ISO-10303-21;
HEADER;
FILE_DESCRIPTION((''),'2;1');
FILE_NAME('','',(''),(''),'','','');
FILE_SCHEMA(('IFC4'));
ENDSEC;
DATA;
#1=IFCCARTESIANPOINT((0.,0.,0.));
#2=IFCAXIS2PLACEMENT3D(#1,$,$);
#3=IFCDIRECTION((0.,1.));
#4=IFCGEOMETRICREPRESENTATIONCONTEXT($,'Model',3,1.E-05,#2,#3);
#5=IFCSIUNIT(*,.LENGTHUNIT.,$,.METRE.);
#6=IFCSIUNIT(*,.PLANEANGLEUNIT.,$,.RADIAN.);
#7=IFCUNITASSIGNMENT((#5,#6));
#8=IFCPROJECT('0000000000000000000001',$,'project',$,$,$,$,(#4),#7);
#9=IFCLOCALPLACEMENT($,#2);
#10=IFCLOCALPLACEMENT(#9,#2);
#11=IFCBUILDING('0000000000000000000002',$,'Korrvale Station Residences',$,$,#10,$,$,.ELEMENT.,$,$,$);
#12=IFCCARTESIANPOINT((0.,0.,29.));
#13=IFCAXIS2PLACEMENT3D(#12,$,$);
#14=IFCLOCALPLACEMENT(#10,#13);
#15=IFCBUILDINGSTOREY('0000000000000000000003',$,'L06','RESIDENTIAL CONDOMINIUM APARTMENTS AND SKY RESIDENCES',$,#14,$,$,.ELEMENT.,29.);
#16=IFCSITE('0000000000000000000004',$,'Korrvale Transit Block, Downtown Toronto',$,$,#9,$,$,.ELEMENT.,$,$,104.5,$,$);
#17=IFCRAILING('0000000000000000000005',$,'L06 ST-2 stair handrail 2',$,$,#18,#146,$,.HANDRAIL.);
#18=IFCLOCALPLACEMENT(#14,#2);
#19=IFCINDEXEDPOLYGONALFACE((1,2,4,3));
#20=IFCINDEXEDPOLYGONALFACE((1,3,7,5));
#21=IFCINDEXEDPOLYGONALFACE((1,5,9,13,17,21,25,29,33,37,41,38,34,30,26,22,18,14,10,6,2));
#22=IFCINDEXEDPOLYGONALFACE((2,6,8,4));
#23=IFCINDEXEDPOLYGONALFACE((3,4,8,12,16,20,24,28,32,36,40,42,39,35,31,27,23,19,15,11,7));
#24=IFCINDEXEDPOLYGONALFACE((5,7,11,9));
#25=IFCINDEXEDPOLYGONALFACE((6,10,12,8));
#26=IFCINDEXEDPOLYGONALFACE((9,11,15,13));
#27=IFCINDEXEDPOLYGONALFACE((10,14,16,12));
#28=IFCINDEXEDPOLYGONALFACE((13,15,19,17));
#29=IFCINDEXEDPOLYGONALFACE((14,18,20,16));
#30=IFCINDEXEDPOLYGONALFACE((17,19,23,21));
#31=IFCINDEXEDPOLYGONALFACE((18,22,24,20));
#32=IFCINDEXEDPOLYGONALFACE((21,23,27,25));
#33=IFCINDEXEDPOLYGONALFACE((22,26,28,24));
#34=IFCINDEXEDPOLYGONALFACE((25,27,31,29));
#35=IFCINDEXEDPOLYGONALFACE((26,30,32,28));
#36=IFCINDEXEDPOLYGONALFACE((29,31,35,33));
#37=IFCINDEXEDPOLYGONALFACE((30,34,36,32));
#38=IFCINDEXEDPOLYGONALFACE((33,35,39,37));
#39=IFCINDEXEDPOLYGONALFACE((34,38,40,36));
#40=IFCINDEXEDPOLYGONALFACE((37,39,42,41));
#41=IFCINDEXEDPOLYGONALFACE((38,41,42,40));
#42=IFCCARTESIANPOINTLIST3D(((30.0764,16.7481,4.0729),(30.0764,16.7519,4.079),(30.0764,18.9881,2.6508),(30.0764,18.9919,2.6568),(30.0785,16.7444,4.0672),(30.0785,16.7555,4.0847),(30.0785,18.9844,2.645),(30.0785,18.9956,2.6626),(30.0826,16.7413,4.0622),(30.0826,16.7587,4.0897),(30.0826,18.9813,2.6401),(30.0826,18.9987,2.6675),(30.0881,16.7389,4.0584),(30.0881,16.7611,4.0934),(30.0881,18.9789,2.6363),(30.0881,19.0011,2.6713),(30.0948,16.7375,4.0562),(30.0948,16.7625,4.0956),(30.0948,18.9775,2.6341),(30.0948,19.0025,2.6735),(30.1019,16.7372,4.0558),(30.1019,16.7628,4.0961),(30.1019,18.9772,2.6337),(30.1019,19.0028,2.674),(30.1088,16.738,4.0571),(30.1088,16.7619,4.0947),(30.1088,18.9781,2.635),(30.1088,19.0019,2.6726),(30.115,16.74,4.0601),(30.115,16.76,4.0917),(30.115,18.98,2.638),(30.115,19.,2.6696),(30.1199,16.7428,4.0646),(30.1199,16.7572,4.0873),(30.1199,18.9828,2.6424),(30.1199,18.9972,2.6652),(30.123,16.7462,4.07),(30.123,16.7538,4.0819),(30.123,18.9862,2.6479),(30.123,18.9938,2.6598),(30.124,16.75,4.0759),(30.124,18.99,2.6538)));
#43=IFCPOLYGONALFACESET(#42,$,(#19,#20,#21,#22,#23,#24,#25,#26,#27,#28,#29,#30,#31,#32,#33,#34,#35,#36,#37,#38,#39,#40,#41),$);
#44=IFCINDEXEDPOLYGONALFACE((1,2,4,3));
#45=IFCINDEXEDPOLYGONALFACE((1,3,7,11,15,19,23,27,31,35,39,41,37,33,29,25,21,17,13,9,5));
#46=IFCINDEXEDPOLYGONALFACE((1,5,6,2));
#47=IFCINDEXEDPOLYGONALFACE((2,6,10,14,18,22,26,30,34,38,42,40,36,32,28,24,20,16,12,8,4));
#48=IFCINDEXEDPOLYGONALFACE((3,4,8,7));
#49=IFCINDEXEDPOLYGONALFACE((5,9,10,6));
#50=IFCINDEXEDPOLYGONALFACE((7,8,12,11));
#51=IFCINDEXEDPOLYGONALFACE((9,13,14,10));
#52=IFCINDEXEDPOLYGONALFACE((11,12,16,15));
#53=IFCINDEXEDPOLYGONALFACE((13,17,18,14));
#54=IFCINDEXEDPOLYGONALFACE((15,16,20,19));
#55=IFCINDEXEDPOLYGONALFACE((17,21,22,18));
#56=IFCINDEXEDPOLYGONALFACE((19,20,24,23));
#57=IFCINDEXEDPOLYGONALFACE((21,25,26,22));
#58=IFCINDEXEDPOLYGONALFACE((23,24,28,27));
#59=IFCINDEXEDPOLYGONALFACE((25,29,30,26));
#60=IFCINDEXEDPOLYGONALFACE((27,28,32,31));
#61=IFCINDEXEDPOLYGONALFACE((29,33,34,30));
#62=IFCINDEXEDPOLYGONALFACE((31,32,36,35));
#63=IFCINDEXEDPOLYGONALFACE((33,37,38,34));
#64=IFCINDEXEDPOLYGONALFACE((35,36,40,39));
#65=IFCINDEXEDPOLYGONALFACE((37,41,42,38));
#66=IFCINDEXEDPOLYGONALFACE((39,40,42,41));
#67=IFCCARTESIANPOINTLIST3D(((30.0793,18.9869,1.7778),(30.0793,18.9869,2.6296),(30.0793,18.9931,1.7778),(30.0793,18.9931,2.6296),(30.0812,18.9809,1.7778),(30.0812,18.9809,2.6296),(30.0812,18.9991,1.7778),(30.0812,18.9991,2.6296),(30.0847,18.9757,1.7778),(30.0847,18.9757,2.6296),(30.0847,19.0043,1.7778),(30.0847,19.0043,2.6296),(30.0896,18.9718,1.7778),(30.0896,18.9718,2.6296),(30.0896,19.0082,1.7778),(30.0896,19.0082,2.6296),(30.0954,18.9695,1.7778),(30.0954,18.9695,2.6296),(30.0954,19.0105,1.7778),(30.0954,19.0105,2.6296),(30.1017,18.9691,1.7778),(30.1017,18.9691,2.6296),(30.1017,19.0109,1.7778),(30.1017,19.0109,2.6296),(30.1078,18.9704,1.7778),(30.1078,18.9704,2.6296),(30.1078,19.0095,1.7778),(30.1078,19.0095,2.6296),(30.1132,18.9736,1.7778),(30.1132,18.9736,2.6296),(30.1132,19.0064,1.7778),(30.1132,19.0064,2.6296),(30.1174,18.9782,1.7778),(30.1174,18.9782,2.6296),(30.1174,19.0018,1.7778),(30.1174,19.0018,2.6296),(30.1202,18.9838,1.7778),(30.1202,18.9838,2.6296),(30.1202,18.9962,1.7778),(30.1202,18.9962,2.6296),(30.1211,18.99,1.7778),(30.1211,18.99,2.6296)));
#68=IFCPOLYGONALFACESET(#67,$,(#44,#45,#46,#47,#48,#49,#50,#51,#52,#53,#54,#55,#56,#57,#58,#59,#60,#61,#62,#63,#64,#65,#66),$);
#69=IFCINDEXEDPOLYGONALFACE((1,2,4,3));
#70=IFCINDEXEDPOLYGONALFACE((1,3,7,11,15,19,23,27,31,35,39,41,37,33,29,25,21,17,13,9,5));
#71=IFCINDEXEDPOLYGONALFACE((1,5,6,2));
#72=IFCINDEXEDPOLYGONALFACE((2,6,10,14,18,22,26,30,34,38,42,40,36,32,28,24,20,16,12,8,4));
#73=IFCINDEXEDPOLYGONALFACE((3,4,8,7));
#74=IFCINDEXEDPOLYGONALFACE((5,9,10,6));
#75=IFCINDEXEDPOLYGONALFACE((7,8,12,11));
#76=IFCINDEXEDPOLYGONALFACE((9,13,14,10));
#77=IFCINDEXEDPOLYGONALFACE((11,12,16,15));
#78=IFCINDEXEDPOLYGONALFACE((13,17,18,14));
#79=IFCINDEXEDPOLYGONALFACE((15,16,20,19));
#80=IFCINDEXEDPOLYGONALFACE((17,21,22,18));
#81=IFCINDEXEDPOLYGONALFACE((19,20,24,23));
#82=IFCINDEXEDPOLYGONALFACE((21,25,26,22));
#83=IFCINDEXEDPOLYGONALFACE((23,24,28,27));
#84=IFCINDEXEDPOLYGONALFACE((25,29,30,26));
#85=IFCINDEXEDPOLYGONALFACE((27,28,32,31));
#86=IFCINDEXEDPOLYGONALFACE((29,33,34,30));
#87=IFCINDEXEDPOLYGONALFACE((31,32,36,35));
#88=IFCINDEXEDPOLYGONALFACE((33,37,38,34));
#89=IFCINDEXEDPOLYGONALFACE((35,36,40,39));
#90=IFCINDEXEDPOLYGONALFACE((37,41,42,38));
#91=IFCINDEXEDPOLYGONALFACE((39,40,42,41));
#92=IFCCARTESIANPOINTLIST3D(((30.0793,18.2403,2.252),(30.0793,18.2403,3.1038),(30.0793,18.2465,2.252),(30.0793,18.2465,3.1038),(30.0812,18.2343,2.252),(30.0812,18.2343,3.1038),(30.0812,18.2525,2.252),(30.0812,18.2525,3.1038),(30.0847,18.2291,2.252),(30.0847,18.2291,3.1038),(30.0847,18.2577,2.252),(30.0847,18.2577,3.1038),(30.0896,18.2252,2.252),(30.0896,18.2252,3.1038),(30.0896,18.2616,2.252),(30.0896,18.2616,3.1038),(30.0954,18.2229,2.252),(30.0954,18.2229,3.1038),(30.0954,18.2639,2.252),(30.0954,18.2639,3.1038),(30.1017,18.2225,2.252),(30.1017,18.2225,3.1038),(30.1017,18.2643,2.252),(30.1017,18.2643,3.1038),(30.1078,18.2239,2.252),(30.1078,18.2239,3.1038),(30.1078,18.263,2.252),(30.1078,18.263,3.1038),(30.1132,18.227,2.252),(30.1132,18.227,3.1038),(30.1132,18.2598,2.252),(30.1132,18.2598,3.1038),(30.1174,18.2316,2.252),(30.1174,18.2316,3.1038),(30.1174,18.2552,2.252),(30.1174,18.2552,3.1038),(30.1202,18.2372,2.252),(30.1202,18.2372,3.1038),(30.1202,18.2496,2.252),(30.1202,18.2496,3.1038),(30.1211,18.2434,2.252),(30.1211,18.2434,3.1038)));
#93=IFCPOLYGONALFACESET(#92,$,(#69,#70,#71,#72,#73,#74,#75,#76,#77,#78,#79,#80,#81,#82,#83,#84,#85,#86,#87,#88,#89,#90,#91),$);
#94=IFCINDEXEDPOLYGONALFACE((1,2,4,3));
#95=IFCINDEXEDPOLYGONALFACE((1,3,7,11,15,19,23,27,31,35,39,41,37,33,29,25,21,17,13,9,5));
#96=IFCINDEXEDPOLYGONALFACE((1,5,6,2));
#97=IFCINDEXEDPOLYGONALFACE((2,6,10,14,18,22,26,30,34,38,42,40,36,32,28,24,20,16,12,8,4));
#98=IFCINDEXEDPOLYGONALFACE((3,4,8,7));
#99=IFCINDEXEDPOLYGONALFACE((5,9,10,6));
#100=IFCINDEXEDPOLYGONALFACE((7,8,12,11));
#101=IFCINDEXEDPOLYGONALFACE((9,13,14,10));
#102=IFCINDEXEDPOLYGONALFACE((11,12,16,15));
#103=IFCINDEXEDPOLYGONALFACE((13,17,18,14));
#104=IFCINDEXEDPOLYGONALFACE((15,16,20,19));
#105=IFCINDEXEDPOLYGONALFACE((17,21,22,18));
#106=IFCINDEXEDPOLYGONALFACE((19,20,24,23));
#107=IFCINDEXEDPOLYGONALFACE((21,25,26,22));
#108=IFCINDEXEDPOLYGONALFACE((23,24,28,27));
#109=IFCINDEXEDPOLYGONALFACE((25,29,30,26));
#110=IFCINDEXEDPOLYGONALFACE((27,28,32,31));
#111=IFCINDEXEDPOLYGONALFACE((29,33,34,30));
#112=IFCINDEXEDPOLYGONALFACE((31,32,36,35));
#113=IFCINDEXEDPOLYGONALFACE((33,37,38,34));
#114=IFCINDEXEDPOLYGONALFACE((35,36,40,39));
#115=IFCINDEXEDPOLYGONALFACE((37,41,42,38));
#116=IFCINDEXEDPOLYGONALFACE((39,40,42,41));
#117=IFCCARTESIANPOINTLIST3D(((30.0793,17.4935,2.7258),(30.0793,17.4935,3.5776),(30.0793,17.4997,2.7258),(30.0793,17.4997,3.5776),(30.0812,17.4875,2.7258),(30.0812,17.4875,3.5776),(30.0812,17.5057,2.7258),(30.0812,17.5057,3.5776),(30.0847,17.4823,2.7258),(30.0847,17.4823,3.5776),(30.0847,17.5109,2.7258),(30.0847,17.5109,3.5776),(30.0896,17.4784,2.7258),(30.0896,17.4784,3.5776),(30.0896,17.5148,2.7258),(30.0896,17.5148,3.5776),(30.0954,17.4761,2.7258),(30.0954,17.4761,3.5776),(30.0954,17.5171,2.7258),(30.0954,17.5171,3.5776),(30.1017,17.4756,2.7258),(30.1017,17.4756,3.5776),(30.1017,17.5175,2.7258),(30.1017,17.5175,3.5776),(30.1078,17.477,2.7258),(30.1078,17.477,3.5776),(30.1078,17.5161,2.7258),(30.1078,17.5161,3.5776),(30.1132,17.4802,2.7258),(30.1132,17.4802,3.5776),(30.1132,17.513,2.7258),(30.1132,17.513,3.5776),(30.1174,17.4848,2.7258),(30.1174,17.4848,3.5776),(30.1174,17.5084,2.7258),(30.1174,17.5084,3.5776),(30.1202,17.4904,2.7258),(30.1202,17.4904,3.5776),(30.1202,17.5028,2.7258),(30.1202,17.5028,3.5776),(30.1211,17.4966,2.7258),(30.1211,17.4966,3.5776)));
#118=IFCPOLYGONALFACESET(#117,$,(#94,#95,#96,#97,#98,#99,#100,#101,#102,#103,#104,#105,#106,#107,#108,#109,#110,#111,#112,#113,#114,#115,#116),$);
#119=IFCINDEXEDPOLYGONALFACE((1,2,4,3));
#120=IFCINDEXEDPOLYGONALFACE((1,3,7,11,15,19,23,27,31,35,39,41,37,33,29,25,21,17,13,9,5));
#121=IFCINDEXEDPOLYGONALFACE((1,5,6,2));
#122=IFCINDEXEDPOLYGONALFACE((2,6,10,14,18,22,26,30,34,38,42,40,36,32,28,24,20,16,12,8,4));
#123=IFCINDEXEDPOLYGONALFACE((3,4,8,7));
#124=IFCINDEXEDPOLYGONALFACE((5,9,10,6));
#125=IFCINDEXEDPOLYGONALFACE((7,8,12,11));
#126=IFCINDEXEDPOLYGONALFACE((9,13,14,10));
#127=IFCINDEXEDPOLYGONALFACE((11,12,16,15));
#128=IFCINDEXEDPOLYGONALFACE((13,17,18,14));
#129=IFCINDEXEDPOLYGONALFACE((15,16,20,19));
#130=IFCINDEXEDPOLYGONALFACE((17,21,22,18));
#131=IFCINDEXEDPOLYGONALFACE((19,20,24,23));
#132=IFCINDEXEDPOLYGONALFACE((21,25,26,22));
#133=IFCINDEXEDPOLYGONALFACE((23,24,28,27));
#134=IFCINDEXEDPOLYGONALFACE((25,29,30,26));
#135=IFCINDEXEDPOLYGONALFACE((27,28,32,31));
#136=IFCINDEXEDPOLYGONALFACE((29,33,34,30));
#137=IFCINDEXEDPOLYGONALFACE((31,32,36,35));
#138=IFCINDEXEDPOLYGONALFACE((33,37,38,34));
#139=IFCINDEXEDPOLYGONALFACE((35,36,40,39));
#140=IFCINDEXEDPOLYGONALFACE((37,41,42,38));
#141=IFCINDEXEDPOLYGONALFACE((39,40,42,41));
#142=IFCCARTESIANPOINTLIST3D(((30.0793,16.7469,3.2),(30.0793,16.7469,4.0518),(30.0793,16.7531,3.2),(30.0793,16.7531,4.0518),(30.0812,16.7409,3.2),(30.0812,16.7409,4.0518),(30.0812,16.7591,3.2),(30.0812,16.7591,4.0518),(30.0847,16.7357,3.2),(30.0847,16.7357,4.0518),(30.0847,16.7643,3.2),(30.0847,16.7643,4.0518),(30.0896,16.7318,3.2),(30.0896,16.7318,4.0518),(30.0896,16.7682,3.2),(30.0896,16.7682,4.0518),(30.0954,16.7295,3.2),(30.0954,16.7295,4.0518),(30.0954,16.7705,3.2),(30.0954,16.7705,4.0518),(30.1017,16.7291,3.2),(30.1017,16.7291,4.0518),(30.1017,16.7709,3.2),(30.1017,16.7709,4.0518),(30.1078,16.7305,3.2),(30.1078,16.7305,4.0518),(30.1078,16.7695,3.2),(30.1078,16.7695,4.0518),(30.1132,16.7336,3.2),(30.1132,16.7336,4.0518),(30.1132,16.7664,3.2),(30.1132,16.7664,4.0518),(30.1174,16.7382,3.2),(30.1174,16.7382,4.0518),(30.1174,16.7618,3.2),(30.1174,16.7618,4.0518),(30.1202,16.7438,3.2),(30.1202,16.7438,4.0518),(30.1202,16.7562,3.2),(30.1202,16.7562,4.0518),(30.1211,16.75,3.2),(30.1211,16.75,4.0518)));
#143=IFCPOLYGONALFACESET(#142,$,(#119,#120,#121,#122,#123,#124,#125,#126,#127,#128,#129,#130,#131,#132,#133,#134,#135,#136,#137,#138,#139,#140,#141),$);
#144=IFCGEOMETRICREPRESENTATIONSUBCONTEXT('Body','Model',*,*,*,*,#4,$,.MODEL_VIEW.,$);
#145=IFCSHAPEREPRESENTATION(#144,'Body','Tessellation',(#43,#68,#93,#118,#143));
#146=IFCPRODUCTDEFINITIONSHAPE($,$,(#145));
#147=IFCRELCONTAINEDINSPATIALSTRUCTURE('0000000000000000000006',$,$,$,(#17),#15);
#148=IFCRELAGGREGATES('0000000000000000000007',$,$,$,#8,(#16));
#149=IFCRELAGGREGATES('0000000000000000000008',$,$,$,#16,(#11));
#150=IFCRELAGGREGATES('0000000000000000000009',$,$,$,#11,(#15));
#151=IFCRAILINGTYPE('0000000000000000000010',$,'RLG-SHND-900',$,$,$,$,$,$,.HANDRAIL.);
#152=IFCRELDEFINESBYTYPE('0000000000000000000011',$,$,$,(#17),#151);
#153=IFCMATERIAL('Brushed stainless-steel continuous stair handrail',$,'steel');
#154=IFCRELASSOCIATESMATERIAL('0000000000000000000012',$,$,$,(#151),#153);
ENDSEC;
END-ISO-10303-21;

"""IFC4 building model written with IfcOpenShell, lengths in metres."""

from ifc_helpers import new_model, si_unit, direction, frame, origin, origin_2d, place, context, subcontext, project, spatial, circle, extrude, material, type_object, element, save


model = new_model("IFC4")

# Units and contexts
model_context = context("Model", 3, precision=1e-05, world=origin(), true_north=direction((0.0, 1.0)))
body_context = subcontext(model_context, "Body", "Model", "MODEL_VIEW")
ifc_project = project(units=[si_unit("LENGTHUNIT", "METRE"), si_unit("PLANEANGLEUNIT", "RADIAN")], contexts=[model_context])

# Site, building, storey
site_placement = place(None, origin())
site = spatial("IfcSite", under=ifc_project, at=site_placement, Name="Korrvale Transit Block, Downtown Toronto", CompositionType="ELEMENT", RefElevation=104.5)
building_placement = place(site_placement, origin())
building = spatial("IfcBuilding", under=site, at=building_placement, Name="Korrvale Station Residences", CompositionType="ELEMENT")
storey_placement = place(building_placement, frame((0.0, 0.0, 29.0)))
storey = spatial("IfcBuildingStorey", under=building, at=storey_placement, Name="L06", Description="RESIDENTIAL CONDOMINIUM APARTMENTS AND SKY RESIDENCES", CompositionType="ELEMENT", Elevation=29.0)

# Railing
ifc_material_1 = material(Name="Brushed stainless-steel continuous stair handrail", Category="steel")
railing_type_1 = type_object("IfcRailingType", Name="RLG-SHND-900", PredefinedType="HANDRAIL", material=ifc_material_1)
railing_1_placement = place(storey_placement, frame((30.1001, 18.99, 1.7778)))
element("IfcRailing", 1, at=railing_1_placement, inside=storey, type_object=railing_type_1, Name="L06 ST-2 stair handrail 2", PredefinedType="HANDRAIL", context=body_context, shape_type="SweptSolid", body=[
    extrude(circle(Radius=0.0239, at=origin_2d()), frame((0.0, 0.0, 0.876), z_axis=(0.0, -0.844229, 0.535982), x_axis=(1.0, 0.0, 0.0)), (0.0, 0.0, 1.0), 2.6533),
    extrude(circle(Radius=0.021, at=origin_2d()), origin(), (0.0, 0.0, 1.0), 0.8518),
    extrude(circle(Radius=0.021, at=origin_2d()), frame((0.0, -0.7466, 0.4741)), (0.0, 0.0, 1.0), 0.8518),
    extrude(circle(Radius=0.021, at=origin_2d()), frame((0.0, -1.4934, 0.948)), (0.0, 0.0, 1.0), 0.8518),
    extrude(circle(Radius=0.021, at=origin_2d()), frame((0.0, -2.24, 1.4221)), (0.0, 0.0, 1.0), 0.8518),
])

save(model, "model.ifc")
